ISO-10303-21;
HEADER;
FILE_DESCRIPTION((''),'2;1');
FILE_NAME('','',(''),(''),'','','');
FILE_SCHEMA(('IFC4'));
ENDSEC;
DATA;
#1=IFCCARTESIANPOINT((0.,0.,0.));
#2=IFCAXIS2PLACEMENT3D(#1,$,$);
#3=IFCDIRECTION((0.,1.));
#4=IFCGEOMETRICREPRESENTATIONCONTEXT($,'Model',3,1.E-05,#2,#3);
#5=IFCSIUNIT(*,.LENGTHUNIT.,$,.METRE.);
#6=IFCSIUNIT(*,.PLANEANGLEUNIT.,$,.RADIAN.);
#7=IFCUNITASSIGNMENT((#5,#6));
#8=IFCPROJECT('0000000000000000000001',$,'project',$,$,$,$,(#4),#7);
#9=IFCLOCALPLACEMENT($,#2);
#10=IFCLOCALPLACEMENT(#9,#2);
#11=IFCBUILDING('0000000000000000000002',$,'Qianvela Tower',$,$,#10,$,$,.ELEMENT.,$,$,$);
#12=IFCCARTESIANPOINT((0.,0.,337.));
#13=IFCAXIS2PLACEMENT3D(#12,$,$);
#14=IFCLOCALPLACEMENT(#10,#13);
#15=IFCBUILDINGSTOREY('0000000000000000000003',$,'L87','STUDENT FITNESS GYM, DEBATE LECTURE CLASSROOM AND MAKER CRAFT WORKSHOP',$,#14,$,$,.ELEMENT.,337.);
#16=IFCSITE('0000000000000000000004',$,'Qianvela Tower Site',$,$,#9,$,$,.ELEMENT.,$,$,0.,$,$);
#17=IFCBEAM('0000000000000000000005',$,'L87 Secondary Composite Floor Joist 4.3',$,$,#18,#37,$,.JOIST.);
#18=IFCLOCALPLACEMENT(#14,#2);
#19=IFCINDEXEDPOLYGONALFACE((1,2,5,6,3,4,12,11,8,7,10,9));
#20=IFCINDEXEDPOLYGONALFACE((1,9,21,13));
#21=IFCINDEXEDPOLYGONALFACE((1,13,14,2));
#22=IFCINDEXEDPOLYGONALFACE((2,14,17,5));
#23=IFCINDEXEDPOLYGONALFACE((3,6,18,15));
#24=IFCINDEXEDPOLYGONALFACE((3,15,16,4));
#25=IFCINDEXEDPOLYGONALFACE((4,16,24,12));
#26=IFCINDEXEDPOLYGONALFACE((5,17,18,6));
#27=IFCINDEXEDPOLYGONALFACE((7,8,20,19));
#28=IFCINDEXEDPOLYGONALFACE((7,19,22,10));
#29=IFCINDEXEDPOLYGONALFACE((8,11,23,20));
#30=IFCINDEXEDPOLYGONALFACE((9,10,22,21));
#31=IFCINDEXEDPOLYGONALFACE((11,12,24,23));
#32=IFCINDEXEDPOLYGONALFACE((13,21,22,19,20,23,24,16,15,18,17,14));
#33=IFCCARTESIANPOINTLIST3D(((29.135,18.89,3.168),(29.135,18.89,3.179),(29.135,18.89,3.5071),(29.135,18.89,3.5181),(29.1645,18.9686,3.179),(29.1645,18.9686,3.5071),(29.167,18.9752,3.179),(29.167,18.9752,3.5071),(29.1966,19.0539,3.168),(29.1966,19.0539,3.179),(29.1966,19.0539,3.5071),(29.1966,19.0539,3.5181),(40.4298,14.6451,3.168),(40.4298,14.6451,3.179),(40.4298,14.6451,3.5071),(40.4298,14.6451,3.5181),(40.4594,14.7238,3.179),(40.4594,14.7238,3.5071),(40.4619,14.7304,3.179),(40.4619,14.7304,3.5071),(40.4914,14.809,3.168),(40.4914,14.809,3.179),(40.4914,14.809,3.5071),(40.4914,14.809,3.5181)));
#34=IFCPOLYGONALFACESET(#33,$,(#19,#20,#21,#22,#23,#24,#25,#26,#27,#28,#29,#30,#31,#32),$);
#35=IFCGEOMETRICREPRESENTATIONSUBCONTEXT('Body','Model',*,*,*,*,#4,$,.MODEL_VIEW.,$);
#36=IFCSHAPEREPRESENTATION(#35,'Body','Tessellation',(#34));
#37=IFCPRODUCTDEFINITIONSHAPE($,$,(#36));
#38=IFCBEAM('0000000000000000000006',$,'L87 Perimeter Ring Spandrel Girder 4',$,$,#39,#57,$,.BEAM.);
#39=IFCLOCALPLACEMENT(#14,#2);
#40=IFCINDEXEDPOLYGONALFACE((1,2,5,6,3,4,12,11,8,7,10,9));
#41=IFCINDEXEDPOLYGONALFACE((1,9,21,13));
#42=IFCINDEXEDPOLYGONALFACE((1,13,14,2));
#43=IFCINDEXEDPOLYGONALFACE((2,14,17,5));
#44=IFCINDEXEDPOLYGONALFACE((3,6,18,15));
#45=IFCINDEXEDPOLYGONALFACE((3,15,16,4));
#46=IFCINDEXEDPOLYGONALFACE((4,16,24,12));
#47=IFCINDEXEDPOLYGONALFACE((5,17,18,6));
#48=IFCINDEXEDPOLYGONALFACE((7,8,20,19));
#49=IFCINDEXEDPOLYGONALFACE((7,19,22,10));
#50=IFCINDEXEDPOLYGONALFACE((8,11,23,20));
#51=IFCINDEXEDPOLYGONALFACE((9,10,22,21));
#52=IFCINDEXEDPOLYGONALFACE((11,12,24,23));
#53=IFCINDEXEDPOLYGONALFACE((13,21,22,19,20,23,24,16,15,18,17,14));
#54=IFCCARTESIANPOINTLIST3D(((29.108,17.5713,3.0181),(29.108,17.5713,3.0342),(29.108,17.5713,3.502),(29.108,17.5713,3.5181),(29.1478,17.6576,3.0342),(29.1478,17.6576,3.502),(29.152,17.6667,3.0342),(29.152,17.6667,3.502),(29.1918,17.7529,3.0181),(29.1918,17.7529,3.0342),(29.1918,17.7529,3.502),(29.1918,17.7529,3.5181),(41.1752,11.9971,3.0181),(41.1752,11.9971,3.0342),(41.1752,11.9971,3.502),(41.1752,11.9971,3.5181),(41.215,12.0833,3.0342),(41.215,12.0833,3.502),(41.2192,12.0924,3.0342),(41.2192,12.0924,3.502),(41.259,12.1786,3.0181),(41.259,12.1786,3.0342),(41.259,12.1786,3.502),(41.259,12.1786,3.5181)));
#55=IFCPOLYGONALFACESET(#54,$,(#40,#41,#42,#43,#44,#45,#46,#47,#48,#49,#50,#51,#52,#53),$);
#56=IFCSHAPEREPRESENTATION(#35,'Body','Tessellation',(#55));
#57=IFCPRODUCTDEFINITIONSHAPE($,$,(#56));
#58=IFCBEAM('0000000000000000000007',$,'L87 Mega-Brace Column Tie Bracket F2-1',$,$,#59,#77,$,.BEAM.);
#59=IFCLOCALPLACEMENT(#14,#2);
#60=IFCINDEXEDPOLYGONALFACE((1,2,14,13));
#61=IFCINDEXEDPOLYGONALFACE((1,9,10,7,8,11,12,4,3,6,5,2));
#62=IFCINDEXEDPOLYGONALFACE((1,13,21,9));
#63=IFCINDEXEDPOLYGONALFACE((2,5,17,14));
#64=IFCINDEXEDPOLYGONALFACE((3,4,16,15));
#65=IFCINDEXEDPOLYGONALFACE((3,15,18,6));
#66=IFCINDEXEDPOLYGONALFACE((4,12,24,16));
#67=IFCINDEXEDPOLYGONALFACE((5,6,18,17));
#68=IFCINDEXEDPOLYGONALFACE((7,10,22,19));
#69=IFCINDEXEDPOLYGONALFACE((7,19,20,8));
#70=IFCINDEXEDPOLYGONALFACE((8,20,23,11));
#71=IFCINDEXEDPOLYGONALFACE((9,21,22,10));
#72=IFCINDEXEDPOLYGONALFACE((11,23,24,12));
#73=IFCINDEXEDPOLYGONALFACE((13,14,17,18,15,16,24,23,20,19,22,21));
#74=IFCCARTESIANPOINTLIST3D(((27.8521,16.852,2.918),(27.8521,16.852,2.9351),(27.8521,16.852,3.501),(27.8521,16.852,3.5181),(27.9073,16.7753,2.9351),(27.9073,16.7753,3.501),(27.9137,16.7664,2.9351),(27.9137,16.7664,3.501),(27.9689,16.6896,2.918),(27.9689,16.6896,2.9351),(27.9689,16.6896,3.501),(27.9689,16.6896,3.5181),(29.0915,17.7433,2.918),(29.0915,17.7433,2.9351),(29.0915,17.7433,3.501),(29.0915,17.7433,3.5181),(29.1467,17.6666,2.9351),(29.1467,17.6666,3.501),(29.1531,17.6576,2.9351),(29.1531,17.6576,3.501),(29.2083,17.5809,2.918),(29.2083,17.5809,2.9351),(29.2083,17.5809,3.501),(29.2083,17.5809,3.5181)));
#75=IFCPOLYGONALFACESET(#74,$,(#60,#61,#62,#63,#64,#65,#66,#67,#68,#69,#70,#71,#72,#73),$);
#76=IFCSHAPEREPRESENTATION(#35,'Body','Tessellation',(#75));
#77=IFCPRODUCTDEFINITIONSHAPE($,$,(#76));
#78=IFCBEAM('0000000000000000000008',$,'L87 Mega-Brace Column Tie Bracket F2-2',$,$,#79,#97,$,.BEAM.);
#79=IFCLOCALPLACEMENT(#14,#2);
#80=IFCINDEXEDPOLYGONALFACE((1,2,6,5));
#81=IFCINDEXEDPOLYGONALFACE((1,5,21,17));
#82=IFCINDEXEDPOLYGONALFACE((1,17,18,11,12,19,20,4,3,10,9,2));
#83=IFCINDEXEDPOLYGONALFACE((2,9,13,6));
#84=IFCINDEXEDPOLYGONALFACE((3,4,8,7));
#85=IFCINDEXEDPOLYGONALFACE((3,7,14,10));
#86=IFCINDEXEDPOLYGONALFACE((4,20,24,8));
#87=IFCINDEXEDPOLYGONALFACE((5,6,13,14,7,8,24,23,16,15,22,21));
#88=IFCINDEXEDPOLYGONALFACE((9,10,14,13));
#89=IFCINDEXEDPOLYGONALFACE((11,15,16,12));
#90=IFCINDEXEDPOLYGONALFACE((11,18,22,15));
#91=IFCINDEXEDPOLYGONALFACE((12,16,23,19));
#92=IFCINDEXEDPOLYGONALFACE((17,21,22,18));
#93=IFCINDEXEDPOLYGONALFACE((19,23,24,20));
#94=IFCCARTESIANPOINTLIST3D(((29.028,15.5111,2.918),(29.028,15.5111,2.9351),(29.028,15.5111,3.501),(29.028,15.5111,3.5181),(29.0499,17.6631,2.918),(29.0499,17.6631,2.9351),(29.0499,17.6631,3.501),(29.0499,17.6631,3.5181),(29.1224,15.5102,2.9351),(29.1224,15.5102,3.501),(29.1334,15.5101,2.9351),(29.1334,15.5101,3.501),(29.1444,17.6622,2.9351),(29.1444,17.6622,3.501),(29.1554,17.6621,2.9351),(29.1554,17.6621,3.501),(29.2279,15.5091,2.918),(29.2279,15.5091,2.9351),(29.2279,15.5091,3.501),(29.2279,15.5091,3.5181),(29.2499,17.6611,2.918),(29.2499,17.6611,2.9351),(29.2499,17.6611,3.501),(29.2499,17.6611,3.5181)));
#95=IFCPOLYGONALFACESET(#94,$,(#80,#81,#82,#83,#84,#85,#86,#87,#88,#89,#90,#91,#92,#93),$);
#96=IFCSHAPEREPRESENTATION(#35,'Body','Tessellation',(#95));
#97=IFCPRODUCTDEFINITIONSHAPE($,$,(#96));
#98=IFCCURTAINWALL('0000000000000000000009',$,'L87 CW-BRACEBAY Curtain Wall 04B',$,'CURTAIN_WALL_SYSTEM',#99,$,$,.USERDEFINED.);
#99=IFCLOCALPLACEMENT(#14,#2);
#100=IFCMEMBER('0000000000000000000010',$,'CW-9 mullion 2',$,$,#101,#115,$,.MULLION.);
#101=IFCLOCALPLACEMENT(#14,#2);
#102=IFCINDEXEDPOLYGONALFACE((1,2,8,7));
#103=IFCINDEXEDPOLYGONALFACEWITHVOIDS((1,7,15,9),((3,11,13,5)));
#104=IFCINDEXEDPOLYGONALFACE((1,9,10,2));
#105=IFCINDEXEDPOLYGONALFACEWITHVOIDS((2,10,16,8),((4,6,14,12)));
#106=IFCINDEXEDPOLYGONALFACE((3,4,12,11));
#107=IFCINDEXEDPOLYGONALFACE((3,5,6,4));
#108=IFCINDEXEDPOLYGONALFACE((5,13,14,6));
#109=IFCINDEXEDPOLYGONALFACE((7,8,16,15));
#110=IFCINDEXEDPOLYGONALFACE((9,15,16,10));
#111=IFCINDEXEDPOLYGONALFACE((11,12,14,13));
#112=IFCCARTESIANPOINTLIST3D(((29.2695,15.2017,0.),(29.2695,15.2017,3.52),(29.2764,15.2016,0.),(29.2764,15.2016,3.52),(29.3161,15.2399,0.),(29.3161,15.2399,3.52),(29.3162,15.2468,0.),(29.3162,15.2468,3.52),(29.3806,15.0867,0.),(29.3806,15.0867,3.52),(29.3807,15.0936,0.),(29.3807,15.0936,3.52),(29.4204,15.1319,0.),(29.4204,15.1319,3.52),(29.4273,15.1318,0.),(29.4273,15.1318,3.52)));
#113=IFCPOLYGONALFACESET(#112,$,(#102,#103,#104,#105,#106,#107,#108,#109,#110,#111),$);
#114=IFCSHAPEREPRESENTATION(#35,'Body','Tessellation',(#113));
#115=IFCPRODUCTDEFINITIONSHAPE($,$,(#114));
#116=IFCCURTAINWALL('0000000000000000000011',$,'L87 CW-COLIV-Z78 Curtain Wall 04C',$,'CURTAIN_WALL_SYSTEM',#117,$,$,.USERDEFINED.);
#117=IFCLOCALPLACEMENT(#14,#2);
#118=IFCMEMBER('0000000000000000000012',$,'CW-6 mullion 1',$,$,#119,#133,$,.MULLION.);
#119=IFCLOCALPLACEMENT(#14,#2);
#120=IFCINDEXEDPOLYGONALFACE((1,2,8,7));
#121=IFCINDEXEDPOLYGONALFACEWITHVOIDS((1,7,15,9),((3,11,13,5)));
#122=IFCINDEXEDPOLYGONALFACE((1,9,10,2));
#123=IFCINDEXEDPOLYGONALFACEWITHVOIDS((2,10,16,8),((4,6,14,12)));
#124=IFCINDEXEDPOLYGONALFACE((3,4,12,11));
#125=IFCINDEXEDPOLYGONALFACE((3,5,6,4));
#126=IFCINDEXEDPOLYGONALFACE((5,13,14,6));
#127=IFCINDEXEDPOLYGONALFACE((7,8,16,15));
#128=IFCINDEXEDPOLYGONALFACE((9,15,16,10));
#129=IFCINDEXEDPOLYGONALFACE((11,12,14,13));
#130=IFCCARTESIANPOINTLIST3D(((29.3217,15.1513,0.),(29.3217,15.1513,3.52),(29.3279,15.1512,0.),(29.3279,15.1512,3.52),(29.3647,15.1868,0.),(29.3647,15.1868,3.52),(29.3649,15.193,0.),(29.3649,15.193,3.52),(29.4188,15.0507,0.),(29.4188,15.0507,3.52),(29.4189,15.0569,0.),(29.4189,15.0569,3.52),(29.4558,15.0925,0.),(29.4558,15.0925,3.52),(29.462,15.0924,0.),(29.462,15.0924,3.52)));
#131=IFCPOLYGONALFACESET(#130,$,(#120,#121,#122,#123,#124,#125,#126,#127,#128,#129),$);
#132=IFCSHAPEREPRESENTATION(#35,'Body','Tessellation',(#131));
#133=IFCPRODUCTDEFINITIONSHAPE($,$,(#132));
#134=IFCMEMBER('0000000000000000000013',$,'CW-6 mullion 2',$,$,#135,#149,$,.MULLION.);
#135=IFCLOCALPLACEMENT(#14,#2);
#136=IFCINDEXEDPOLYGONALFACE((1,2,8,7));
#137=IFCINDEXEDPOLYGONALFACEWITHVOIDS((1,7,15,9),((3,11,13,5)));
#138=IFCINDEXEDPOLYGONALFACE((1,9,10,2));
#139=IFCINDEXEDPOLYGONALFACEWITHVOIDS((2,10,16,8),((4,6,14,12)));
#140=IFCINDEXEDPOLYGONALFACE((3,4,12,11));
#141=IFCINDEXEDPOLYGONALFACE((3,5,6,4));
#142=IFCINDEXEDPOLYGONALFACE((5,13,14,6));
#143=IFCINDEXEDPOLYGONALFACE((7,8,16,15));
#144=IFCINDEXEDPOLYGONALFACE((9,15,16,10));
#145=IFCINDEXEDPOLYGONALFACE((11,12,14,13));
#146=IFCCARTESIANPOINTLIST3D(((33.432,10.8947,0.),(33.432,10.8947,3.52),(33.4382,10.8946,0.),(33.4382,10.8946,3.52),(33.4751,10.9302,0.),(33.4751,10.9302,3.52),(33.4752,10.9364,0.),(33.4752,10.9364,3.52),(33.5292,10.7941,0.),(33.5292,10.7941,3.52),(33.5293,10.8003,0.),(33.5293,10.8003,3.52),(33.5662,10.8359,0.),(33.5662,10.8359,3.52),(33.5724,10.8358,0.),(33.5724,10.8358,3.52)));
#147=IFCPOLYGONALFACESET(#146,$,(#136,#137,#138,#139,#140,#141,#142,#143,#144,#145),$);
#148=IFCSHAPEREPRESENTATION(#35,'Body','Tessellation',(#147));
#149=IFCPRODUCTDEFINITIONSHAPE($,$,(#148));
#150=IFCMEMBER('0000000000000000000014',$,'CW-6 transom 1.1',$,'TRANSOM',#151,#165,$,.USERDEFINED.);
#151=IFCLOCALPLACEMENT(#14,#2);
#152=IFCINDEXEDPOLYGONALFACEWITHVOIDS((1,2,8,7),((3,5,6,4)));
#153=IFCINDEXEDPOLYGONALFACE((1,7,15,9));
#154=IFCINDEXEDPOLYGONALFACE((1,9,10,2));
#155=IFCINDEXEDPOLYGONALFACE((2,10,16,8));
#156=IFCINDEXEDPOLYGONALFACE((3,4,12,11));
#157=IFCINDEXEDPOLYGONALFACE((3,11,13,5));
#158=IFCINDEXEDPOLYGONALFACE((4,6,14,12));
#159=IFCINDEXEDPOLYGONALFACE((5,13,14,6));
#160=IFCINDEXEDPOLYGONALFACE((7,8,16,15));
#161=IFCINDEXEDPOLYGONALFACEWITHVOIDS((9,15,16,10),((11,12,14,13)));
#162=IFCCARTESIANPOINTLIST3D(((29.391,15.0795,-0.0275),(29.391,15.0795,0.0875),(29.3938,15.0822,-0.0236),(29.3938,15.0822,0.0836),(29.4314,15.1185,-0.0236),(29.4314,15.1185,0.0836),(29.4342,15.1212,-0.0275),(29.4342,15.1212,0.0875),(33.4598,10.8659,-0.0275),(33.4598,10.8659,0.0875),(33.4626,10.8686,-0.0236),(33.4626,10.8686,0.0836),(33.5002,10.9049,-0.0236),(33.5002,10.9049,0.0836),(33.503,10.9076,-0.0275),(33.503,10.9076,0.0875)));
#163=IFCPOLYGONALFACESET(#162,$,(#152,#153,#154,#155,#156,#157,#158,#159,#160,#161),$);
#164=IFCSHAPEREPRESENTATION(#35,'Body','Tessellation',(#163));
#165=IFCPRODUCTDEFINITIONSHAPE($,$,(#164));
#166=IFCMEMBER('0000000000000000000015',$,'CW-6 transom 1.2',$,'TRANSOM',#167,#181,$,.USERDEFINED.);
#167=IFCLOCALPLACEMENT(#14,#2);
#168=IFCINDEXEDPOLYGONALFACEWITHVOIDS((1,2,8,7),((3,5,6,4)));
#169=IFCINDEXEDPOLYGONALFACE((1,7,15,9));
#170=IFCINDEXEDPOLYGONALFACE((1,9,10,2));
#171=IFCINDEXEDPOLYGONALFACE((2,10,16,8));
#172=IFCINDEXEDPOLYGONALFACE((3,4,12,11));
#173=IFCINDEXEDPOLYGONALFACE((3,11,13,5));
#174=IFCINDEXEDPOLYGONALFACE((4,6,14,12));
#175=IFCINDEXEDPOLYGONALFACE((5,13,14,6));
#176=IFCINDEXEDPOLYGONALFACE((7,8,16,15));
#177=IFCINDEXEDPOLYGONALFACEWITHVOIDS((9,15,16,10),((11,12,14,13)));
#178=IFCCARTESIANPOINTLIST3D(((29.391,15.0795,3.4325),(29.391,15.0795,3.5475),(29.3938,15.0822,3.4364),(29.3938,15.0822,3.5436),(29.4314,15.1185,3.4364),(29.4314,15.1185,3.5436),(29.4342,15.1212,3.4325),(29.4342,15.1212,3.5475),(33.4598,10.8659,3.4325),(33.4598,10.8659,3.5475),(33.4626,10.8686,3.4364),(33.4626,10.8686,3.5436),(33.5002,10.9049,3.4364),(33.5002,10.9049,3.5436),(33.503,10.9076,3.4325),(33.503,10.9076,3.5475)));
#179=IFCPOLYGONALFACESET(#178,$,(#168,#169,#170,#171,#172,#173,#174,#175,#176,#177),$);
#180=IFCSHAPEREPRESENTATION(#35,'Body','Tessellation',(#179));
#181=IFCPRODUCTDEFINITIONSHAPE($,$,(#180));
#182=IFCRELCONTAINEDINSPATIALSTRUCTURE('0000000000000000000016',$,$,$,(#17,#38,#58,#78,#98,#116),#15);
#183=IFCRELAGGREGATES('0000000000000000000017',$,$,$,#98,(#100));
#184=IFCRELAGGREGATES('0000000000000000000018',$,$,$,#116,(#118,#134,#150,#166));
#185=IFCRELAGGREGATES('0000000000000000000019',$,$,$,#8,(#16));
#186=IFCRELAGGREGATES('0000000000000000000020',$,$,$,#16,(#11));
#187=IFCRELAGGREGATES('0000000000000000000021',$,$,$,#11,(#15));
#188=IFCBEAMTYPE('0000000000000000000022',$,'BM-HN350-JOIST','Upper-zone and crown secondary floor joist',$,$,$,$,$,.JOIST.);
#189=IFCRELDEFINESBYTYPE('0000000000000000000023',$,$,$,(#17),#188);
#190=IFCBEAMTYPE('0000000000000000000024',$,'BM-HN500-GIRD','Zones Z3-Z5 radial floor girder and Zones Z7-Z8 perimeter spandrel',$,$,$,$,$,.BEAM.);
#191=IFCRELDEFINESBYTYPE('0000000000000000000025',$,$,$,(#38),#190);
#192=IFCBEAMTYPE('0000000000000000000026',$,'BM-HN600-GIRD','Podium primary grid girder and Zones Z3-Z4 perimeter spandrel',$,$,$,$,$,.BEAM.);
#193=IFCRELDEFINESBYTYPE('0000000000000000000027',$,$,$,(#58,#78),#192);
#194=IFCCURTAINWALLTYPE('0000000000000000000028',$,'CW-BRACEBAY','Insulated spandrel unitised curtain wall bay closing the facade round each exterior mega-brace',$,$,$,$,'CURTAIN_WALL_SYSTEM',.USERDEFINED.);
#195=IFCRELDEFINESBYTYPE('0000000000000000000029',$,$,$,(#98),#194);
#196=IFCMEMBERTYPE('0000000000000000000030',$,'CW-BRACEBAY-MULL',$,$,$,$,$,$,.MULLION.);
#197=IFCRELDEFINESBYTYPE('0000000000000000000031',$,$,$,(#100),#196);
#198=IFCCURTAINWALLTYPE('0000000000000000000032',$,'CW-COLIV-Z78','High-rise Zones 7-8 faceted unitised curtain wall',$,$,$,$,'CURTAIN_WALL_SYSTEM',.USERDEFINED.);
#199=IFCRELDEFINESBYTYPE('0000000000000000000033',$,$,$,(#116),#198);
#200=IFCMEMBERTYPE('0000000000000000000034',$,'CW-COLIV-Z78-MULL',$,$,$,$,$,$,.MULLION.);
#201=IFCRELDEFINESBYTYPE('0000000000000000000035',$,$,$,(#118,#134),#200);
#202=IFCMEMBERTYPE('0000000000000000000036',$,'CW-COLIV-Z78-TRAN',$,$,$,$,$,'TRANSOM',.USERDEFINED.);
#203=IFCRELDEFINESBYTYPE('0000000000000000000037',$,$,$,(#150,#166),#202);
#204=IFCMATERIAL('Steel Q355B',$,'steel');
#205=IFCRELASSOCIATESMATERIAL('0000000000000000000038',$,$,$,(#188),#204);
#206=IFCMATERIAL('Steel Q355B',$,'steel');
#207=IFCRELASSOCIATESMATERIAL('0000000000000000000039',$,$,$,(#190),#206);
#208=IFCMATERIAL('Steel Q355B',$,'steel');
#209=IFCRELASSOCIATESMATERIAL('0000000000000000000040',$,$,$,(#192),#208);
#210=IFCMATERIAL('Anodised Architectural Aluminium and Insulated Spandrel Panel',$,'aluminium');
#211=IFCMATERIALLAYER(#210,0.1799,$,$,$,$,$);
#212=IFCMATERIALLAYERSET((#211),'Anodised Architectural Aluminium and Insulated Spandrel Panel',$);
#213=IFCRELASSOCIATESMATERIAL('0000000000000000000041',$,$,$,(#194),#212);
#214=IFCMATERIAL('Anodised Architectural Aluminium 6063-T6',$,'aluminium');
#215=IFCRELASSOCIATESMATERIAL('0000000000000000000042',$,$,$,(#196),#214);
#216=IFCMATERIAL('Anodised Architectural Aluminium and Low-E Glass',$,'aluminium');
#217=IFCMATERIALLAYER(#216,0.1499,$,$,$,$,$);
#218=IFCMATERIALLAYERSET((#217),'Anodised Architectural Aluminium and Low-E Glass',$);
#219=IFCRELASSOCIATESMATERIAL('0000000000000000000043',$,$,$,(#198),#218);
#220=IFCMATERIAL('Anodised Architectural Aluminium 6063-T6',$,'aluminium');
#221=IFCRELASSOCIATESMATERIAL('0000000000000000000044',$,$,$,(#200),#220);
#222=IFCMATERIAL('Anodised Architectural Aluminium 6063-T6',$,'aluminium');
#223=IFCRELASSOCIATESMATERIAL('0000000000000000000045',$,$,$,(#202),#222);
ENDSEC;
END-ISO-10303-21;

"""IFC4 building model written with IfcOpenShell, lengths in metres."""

from ifc_helpers import new_model, si_unit, direction, frame, origin, origin_2d, place, context, subcontext, project, spatial, hollow_rectangle, i_section, extrude, material, layer, layer_set, material_profile, profile_set, type_object, element, aggregate, save


model = new_model("IFC4")

# Units and contexts
model_context = context("Model", 3, precision=1e-05, world=origin(), true_north=direction((0.0, 1.0)))
body_context = subcontext(model_context, "Body", "Model", "MODEL_VIEW")
ifc_project = project(units=[si_unit("LENGTHUNIT", "METRE"), si_unit("PLANEANGLEUNIT", "RADIAN")], contexts=[model_context])

# Site, building, storey
site_placement = place(None, origin())
site = spatial("IfcSite", under=ifc_project, at=site_placement, Name="Qianvela Tower Site", CompositionType="ELEMENT", RefElevation=0.0)
building_placement = place(site_placement, origin())
building = spatial("IfcBuilding", under=site, at=building_placement, Name="Qianvela Tower", CompositionType="ELEMENT")
storey_placement = place(building_placement, frame((0.0, 0.0, 337.0)))
storey = spatial("IfcBuildingStorey", under=building, at=storey_placement, Name="L87", Description="STUDENT FITNESS GYM, DEBATE LECTURE CLASSROOM AND MAKER CRAFT WORKSHOP", CompositionType="ELEMENT", Elevation=337.0)

# Beams
ifc_material_1 = material(Name="Steel Q355B", Category="steel")
ifc_material_profile_1 = material_profile(ifc_material_1, i_section(OverallWidth=0.175, OverallDepth=0.3501, WebThickness=0.0071, FlangeThickness=0.011, at=origin_2d()), Name="HN350x175x7x11")
ifc_profile_set_1 = profile_set([ifc_material_profile_1], Name="Steel Q355B")
beam_type_1 = type_object("IfcBeamType", Name="BM-HN350-JOIST", Description="Upper-zone and crown secondary floor joist", PredefinedType="JOIST", material=ifc_profile_set_1)
beam_1_placement = place(storey_placement, frame((29.1658, 18.9719, 3.343), z_axis=(0.936076, -0.351797, 0.0), x_axis=(0.351797, 0.936076, 0.0)))
element("IfcBeam", 1, at=beam_1_placement, inside=storey, type_object=beam_type_1, Name="L87 Secondary Composite Floor Joist 4.3", PredefinedType="JOIST", context=body_context, shape_type="SweptSolid", body=[
    extrude(i_section(OverallWidth=0.175, OverallDepth=0.3501, WebThickness=0.0071, FlangeThickness=0.011, at=origin_2d()), origin(), (0.0, 0.0, 1.0), 12.0662),
])
ifc_material_2 = material(Name="Steel Q355B", Category="steel")
ifc_material_profile_2 = material_profile(ifc_material_2, i_section(OverallWidth=0.2, OverallDepth=0.5, WebThickness=0.01, FlangeThickness=0.0161, at=origin_2d()), Name="HN500x200x10x16")
ifc_profile_set_2 = profile_set([ifc_material_profile_2], Name="Steel Q355B")
beam_type_2 = type_object("IfcBeamType", Name="BM-HN500-GIRD", Description="Zones Z3-Z5 radial floor girder and Zones Z7-Z8 perimeter spandrel", PredefinedType="BEAM", material=ifc_profile_set_2)
beam_2_placement = place(storey_placement, frame((29.1499, 17.6621, 3.2681), z_axis=(0.907823, -0.419354, 0.0), x_axis=(0.419354, 0.907823, 0.0)))
element("IfcBeam", 2, at=beam_2_placement, inside=storey, type_object=beam_type_2, Name="L87 Perimeter Ring Spandrel Girder 4", PredefinedType="BEAM", context=body_context, shape_type="SweptSolid", body=[
    extrude(i_section(OverallWidth=0.2, OverallDepth=0.5, WebThickness=0.01, FlangeThickness=0.0161, at=origin_2d()), origin(), (0.0, 0.0, 1.0), 13.2925),
])
ifc_material_3 = material(Name="Steel Q355B", Category="steel")
ifc_material_profile_3 = material_profile(ifc_material_3, i_section(OverallWidth=0.2, OverallDepth=0.6001, WebThickness=0.011, FlangeThickness=0.0171, at=origin_2d()), Name="HN600x200x11x17")
ifc_profile_set_3 = profile_set([ifc_material_profile_3], Name="Steel Q355B")
beam_type_3 = type_object("IfcBeamType", Name="BM-HN600-GIRD", Description="Podium primary grid girder and Zones Z3-Z4 perimeter spandrel", PredefinedType="BEAM", material=ifc_profile_set_3)
beam_3_placement = place(storey_placement, frame((29.1499, 17.6621, 3.218), z_axis=(-0.811871, -0.583837, 0.0), x_axis=(0.583837, -0.811871, 0.0)))
element("IfcBeam", 3, at=beam_3_placement, inside=storey, type_object=beam_type_3, Name="L87 Mega-Brace Column Tie Bracket F2-1", PredefinedType="BEAM", context=body_context, shape_type="SweptSolid", body=[
    extrude(i_section(OverallWidth=0.2, OverallDepth=0.6001, WebThickness=0.011, FlangeThickness=0.0171, at=origin_2d()), origin(), (0.0, 0.0, 1.0), 1.5266),
])
beam_4_placement = place(storey_placement, frame((29.1499, 17.6621, 3.218), z_axis=(-0.010209, -0.999948, 0.0), x_axis=(0.999948, -0.010209, 0.0)))
element("IfcBeam", 4, at=beam_4_placement, inside=storey, type_object=beam_type_3, Name="L87 Mega-Brace Column Tie Bracket F2-2", PredefinedType="BEAM", context=body_context, shape_type="SweptSolid", body=[
    extrude(i_section(OverallWidth=0.2, OverallDepth=0.6001, WebThickness=0.011, FlangeThickness=0.0171, at=origin_2d()), origin(), (0.0, 0.0, 1.0), 2.1521),
])

# Curtain wall, member
ifc_material_4 = material(Name="Anodised Architectural Aluminium and Insulated Spandrel Panel", Category="aluminium")
ifc_layer_1 = layer(ifc_material_4, 0.1799)
ifc_layer_set_1 = layer_set([ifc_layer_1], Name="Anodised Architectural Aluminium and Insulated Spandrel Panel")
curtain_wall_type_1 = type_object("IfcCurtainWallType", Name="CW-BRACEBAY", Description="Insulated spandrel unitised curtain wall bay closing the facade round each exterior mega-brace", ElementType="CURTAIN_WALL_SYSTEM", PredefinedType="USERDEFINED", material=ifc_layer_set_1)
curtain_wall_1_placement = place(storey_placement, origin())
curtain_wall_1 = element("IfcCurtainWall", 5, at=curtain_wall_1_placement, inside=storey, type_object=curtain_wall_type_1, Name="L87 CW-BRACEBAY Curtain Wall 04B", ObjectType="CURTAIN_WALL_SYSTEM", PredefinedType="USERDEFINED")
ifc_material_5 = material(Name="Anodised Architectural Aluminium 6063-T6", Category="aluminium")
ifc_material_profile_4 = material_profile(ifc_material_5, hollow_rectangle(XDim=0.0649, YDim=0.1599, WallThickness=0.0049, at=origin_2d()), Name="ALU-MULL-65x160")
ifc_profile_set_4 = profile_set([ifc_material_profile_4], Name="Anodised Architectural Aluminium 6063-T6")
member_type_1 = type_object("IfcMemberType", Name="CW-BRACEBAY-MULL", PredefinedType="MULLION", material=ifc_profile_set_4)
member_1_placement = place(storey_placement, frame((29.3484, 15.1667, 0.0), z_axis=(0.0, 0.0, 1.0), x_axis=(0.719336, 0.694663, 0.0)))
member_1 = element("IfcMember", 6, at=member_1_placement, type_object=member_type_1, Name="CW-9 mullion 2", PredefinedType="MULLION", context=body_context, shape_type="SweptSolid", body=[
    extrude(hollow_rectangle(XDim=0.0649, YDim=0.1599, WallThickness=0.0049, at=origin_2d()), origin(), (0.0, 0.0, 1.0), 3.52),
])
aggregate(curtain_wall_1, [member_1])

# Curtain wall, members
ifc_material_6 = material(Name="Anodised Architectural Aluminium and Low-E Glass", Category="aluminium")
ifc_layer_2 = layer(ifc_material_6, 0.1499)
ifc_layer_set_2 = layer_set([ifc_layer_2], Name="Anodised Architectural Aluminium and Low-E Glass")
curtain_wall_type_2 = type_object("IfcCurtainWallType", Name="CW-COLIV-Z78", Description="High-rise Zones 7-8 faceted unitised curtain wall", ElementType="CURTAIN_WALL_SYSTEM", PredefinedType="USERDEFINED", material=ifc_layer_set_2)
curtain_wall_2_placement = place(storey_placement, origin())
curtain_wall_2 = element("IfcCurtainWall", 7, at=curtain_wall_2_placement, inside=storey, type_object=curtain_wall_type_2, Name="L87 CW-COLIV-Z78 Curtain Wall 04C", ObjectType="CURTAIN_WALL_SYSTEM", PredefinedType="USERDEFINED")
ifc_material_7 = material(Name="Anodised Architectural Aluminium 6063-T6", Category="aluminium")
ifc_material_profile_5 = material_profile(ifc_material_7, hollow_rectangle(XDim=0.0601, YDim=0.1399, WallThickness=0.0044, at=origin_2d()), Name="ALU-MULL-60x140")
ifc_profile_set_5 = profile_set([ifc_material_profile_5], Name="Anodised Architectural Aluminium 6063-T6")
member_type_2 = type_object("IfcMemberType", Name="CW-COLIV-Z78-MULL", PredefinedType="MULLION", material=ifc_profile_set_5)
member_2_placement = place(storey_placement, frame((29.3918, 15.1218, 0.0), z_axis=(0.0, 0.0, 1.0), x_axis=(0.719341, 0.694658, 0.0)))
member_2 = element("IfcMember", 8, at=member_2_placement, type_object=member_type_2, Name="CW-6 mullion 1", PredefinedType="MULLION", context=body_context, shape_type="SweptSolid", body=[
    extrude(hollow_rectangle(XDim=0.0601, YDim=0.1399, WallThickness=0.0044, at=origin_2d()), origin(), (0.0, 0.0, 1.0), 3.52),
])
member_3_placement = place(storey_placement, frame((33.5022, 10.8652, 0.0), z_axis=(0.0, 0.0, 1.0), x_axis=(0.719341, 0.694658, 0.0)))
member_3 = element("IfcMember", 9, at=member_3_placement, type_object=member_type_2, Name="CW-6 mullion 2", PredefinedType="MULLION", context=body_context, shape_type="SweptSolid", body=[
    extrude(hollow_rectangle(XDim=0.0601, YDim=0.1399, WallThickness=0.0044, at=origin_2d()), origin(), (0.0, 0.0, 1.0), 3.52),
])
ifc_material_8 = material(Name="Anodised Architectural Aluminium 6063-T6", Category="aluminium")
ifc_material_profile_6 = material_profile(ifc_material_8, hollow_rectangle(XDim=0.0601, YDim=0.115, WallThickness=0.0039, at=origin_2d()), Name="ALU-TRAN-60x115")
ifc_profile_set_6 = profile_set([ifc_material_profile_6], Name="Anodised Architectural Aluminium 6063-T6")
member_type_3 = type_object("IfcMemberType", Name="CW-COLIV-Z78-TRAN", ElementType="TRANSOM", PredefinedType="USERDEFINED", material=ifc_profile_set_6)
member_4_placement = place(storey_placement, frame((29.4126, 15.1003, 0.03), z_axis=(0.694641, -0.719357, 0.0), x_axis=(0.719357, 0.694641, 0.0)))
member_4 = element("IfcMember", 10, at=member_4_placement, type_object=member_type_3, Name="CW-6 transom 1.1", ObjectType="TRANSOM", PredefinedType="USERDEFINED", context=body_context, shape_type="SweptSolid", body=[
    extrude(hollow_rectangle(XDim=0.0601, YDim=0.115, WallThickness=0.0039, at=origin_2d()), origin(), (0.0, 0.0, 1.0), 5.8574),
])
member_5_placement = place(storey_placement, frame((29.4126, 15.1003, 3.49), z_axis=(0.694641, -0.719357, 0.0), x_axis=(0.719357, 0.694641, 0.0)))
member_5 = element("IfcMember", 11, at=member_5_placement, type_object=member_type_3, Name="CW-6 transom 1.2", ObjectType="TRANSOM", PredefinedType="USERDEFINED", context=body_context, shape_type="SweptSolid", body=[
    extrude(hollow_rectangle(XDim=0.0601, YDim=0.115, WallThickness=0.0039, at=origin_2d()), origin(), (0.0, 0.0, 1.0), 5.8574),
])

aggregate(curtain_wall_2, [member_2, member_3, member_4, member_5])

save(model, "model.ifc")
